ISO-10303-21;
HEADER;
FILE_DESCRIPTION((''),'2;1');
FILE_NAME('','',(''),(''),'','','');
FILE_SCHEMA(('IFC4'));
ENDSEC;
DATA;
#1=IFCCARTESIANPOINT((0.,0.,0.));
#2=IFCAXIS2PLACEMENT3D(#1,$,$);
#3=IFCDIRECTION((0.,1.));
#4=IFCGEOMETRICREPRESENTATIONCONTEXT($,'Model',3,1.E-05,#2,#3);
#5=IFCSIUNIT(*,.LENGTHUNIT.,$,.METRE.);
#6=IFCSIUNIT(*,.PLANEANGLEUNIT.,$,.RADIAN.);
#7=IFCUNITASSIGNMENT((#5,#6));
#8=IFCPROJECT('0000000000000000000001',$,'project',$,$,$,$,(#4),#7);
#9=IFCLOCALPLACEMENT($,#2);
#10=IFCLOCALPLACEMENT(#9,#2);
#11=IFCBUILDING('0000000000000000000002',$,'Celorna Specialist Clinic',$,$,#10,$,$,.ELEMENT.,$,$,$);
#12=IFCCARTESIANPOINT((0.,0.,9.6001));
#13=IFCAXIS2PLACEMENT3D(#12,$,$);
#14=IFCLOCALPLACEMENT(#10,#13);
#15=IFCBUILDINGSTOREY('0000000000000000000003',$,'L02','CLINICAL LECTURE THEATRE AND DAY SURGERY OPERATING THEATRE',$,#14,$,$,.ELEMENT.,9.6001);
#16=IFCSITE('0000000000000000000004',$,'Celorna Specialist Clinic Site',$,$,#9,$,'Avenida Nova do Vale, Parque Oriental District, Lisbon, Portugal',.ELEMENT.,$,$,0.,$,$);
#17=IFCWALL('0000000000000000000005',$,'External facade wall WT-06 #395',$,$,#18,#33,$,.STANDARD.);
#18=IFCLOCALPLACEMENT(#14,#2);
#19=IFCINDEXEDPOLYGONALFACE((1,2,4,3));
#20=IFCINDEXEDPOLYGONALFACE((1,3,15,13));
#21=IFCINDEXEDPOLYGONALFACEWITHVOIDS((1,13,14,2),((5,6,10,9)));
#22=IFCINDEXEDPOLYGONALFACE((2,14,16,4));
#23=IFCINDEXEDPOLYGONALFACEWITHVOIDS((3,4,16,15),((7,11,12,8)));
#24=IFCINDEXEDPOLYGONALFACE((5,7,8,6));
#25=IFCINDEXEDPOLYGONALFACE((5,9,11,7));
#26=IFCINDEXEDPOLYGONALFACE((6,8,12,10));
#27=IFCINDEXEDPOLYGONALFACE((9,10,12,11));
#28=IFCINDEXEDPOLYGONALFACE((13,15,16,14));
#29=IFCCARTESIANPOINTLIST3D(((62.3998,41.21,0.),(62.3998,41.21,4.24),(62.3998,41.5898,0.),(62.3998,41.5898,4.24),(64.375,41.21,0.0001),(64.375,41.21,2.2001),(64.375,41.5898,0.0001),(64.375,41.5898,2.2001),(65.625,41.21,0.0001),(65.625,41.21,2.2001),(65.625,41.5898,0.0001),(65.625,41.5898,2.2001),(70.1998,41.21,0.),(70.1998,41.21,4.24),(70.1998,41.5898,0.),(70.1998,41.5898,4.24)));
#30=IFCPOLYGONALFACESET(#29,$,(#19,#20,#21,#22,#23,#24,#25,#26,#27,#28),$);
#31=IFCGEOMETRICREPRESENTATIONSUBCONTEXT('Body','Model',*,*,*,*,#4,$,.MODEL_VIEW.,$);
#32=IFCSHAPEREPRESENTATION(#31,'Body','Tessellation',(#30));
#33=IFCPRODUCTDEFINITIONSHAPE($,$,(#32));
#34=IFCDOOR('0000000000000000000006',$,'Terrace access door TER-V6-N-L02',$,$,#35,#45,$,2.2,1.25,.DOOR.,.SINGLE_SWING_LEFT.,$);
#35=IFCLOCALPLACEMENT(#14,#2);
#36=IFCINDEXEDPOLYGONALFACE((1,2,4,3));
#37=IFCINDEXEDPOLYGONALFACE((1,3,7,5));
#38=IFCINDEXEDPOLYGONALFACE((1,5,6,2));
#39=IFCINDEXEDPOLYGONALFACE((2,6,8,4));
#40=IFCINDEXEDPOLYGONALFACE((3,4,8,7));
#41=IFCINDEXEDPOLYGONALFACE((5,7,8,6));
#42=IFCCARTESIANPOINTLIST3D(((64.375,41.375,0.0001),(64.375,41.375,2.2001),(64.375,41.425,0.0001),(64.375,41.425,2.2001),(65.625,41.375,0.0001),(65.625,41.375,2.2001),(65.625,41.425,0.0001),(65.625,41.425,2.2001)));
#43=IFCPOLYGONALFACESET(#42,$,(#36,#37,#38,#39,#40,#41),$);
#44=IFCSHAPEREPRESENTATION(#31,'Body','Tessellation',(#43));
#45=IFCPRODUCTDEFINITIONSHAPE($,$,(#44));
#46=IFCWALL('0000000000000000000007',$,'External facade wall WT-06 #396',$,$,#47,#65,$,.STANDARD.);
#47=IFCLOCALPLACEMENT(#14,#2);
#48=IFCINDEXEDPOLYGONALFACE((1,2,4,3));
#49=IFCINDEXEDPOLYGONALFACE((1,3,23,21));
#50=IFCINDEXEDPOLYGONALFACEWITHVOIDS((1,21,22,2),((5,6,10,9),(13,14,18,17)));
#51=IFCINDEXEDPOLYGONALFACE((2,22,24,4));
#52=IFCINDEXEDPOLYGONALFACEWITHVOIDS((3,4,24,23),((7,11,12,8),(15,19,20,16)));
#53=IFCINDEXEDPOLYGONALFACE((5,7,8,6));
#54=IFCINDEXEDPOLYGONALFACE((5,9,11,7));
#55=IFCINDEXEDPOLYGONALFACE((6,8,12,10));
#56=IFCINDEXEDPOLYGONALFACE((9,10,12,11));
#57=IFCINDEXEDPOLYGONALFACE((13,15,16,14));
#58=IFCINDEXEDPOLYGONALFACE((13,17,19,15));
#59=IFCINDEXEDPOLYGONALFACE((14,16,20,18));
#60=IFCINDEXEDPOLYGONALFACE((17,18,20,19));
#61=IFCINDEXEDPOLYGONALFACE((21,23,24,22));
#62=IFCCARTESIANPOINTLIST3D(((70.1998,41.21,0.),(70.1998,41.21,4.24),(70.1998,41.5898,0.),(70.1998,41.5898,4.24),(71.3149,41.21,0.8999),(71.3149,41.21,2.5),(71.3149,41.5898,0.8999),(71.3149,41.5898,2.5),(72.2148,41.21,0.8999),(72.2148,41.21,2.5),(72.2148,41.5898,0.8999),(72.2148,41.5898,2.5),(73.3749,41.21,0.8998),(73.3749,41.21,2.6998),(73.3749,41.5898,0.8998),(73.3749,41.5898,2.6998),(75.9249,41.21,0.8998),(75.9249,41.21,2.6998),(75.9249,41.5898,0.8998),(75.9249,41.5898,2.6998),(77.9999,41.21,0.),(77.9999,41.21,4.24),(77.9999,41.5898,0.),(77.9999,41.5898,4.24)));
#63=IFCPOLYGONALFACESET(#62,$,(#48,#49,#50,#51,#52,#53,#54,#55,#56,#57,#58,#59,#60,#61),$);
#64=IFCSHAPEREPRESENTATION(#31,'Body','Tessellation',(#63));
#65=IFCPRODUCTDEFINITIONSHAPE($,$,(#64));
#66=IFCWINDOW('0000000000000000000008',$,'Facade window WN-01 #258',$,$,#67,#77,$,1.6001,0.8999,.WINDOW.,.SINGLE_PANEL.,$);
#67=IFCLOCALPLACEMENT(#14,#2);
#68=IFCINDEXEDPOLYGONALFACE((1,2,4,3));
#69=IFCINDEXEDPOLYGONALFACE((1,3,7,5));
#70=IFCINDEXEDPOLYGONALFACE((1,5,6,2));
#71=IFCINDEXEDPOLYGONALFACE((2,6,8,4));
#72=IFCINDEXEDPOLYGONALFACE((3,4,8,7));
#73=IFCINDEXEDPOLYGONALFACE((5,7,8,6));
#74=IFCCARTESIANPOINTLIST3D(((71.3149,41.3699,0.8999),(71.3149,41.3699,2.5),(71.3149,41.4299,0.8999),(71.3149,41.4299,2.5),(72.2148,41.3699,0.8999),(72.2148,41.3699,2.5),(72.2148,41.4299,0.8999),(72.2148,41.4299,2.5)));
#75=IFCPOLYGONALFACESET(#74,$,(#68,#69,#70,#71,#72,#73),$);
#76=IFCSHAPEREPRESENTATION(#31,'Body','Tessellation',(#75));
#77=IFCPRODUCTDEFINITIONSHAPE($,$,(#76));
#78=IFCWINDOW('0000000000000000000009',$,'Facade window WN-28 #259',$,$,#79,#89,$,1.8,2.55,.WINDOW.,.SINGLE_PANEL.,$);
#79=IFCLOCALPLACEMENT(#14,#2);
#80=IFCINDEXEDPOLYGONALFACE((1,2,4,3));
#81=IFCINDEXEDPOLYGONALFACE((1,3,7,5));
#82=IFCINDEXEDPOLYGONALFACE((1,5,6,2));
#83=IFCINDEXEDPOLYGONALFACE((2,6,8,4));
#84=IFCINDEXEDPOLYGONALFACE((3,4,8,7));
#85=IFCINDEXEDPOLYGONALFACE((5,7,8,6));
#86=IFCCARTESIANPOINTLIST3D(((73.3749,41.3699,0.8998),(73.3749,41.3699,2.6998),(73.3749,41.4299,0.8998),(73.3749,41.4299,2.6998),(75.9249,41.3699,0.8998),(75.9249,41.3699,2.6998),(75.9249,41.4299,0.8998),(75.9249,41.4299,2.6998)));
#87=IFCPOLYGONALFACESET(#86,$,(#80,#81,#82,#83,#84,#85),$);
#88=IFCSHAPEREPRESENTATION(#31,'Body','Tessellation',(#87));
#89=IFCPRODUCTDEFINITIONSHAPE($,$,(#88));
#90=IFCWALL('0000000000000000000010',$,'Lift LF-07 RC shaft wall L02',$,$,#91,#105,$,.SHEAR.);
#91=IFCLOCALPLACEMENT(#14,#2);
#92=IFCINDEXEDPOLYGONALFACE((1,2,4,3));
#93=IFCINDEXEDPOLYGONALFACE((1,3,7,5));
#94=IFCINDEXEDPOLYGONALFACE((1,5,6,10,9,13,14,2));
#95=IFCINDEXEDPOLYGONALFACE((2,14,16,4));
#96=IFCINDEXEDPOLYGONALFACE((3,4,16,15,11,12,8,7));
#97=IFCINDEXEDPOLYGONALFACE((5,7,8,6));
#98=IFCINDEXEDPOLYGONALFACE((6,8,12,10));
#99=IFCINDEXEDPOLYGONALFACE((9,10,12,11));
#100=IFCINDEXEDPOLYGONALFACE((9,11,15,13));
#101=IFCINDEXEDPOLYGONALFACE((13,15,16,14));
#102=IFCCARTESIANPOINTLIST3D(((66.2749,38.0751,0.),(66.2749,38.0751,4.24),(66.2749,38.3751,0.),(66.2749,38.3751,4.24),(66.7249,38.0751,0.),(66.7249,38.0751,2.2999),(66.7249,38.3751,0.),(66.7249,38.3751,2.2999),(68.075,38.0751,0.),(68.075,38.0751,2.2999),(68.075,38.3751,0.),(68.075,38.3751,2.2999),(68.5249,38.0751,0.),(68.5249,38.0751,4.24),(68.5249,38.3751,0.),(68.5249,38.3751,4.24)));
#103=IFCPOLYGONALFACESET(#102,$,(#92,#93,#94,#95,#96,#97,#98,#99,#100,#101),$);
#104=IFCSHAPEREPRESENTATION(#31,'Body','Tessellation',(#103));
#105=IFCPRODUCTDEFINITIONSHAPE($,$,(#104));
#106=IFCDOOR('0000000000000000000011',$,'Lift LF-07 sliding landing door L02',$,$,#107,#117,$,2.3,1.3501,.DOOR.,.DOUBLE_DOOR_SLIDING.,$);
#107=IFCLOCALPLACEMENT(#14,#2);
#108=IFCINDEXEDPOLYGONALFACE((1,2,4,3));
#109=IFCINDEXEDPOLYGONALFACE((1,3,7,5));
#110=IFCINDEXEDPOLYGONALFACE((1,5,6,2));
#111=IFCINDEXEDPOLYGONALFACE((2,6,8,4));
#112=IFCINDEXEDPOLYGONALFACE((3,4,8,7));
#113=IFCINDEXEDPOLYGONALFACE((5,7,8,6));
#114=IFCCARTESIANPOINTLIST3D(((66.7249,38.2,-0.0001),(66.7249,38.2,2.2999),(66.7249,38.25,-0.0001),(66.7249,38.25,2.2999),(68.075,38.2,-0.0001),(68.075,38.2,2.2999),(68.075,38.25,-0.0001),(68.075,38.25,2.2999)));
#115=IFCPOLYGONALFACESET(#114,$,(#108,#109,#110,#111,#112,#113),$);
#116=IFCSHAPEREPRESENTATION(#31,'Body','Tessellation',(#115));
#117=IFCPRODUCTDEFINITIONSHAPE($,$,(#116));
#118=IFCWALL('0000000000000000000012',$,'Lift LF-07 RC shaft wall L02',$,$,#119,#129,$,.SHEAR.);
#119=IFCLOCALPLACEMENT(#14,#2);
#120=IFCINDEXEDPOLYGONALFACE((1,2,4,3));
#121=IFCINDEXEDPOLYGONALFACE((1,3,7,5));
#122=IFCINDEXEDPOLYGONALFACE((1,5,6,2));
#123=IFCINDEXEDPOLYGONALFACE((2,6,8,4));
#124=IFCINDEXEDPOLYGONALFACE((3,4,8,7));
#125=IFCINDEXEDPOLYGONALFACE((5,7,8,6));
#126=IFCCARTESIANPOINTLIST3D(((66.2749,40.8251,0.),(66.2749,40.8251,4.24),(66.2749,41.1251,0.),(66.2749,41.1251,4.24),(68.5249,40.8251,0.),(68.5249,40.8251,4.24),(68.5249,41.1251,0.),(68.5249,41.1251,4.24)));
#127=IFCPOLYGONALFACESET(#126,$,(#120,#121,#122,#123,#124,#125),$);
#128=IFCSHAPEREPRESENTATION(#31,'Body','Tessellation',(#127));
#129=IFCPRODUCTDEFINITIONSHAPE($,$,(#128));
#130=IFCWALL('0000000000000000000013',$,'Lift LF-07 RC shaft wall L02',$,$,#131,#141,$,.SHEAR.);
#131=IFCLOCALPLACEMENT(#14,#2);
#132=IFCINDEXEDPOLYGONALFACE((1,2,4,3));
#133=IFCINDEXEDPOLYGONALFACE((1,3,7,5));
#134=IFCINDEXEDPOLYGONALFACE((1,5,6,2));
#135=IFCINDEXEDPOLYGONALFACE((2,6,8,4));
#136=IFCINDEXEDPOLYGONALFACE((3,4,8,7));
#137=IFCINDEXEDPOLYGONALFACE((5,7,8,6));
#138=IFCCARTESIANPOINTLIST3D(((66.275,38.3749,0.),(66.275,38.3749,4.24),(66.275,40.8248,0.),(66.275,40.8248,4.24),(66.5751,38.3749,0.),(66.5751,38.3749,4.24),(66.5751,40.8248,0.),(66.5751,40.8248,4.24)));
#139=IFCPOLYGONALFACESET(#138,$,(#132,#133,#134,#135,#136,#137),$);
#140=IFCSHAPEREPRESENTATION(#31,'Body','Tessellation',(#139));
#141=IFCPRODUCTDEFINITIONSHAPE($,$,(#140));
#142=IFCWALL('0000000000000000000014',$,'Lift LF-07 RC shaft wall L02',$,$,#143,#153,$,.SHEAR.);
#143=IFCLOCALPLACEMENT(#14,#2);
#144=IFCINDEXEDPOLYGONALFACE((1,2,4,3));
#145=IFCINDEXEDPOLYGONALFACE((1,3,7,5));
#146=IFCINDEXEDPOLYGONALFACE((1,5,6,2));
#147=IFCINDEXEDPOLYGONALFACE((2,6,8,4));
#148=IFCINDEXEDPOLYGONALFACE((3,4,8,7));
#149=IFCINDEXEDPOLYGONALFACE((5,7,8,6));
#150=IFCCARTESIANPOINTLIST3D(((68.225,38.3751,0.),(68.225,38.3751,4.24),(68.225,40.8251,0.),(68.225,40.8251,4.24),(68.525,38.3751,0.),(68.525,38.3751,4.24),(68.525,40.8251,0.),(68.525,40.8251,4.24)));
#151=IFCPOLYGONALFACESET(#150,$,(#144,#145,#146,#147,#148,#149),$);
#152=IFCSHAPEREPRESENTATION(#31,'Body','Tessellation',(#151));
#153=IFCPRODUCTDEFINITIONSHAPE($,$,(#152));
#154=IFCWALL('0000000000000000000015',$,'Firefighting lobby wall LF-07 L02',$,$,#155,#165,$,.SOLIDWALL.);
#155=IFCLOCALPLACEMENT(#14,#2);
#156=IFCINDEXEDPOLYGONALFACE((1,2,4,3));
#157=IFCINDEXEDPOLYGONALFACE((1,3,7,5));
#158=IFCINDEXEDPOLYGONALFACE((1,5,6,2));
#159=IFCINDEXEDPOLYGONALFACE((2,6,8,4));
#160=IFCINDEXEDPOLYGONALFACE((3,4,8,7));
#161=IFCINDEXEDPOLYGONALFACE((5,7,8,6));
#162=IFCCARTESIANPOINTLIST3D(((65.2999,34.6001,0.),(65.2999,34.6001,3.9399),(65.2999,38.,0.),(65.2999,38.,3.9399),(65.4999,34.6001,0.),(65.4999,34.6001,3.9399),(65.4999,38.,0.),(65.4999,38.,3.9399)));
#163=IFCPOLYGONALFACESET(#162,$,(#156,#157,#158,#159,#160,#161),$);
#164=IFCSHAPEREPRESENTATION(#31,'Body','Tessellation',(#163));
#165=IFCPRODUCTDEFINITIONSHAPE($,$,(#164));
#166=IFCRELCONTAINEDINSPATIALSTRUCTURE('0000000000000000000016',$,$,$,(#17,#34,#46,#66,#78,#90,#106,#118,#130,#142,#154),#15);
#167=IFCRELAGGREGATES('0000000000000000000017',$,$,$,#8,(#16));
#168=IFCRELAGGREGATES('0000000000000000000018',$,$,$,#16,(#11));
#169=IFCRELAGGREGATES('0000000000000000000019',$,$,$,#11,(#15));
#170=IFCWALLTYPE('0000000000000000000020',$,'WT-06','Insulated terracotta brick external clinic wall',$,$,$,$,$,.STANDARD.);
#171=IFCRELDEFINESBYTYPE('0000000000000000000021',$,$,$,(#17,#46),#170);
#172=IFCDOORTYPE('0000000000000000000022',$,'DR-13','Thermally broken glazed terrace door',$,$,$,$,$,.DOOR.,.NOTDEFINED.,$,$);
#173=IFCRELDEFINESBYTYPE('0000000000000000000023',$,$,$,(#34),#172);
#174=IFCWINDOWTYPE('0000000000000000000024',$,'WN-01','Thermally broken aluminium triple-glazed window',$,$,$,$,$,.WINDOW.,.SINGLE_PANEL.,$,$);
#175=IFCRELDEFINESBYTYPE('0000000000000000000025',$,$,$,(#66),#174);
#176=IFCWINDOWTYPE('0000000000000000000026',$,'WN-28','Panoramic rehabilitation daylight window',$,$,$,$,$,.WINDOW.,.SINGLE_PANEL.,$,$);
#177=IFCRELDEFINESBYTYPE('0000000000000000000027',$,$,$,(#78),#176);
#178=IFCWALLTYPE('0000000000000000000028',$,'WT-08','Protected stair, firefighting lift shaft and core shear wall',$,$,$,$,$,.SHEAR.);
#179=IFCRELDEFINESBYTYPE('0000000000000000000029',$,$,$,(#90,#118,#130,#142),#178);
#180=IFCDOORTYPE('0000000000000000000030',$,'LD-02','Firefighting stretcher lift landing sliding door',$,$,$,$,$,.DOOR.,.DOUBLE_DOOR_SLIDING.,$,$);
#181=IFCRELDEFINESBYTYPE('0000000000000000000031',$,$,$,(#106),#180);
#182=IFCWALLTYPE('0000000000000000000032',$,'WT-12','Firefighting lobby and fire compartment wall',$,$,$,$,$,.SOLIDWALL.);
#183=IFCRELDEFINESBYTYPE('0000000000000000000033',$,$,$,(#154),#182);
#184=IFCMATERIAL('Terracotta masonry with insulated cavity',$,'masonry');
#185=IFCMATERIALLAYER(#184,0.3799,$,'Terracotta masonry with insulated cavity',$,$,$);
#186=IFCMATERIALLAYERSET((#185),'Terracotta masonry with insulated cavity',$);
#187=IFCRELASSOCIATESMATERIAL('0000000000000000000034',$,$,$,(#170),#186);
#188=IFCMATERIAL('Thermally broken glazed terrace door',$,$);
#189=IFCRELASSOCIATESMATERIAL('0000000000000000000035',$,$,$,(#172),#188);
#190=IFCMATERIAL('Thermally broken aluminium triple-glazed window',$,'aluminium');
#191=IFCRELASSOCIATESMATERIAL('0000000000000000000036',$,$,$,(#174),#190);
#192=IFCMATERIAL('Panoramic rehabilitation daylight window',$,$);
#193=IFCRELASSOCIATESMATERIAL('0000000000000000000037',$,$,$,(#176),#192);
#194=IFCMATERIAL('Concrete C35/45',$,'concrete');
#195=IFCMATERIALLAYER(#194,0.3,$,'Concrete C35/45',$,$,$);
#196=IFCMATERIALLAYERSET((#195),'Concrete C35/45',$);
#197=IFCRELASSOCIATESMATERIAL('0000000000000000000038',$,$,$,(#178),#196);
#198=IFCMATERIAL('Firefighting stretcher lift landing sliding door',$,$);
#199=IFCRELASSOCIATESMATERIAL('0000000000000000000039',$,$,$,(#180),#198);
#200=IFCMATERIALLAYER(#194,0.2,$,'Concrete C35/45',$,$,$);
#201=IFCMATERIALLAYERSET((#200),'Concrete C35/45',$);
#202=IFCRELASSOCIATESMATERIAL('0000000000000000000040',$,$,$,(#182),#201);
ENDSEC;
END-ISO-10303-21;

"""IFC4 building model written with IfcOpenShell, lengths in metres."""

from ifc_helpers import new_model, si_unit, direction, frame, frame_2d, origin, place, context, subcontext, project, spatial, rectangle, extrude, material, layer, layer_set, type_object, element, fill, save


model = new_model("IFC4")

# Units and contexts
model_context = context("Model", 3, precision=1e-05, world=origin(), true_north=direction((0.0, 1.0)))
body_context = subcontext(model_context, "Body", "Model", "MODEL_VIEW")
ifc_project = project(units=[si_unit("LENGTHUNIT", "METRE"), si_unit("PLANEANGLEUNIT", "RADIAN")], contexts=[model_context])

# Site, building, storey
site_placement = place(None, origin())
site = spatial("IfcSite", under=ifc_project, at=site_placement, Name="Celorna Specialist Clinic Site", LongName="Avenida Nova do Vale, Parque Oriental District, Lisbon, Portugal", CompositionType="ELEMENT", RefElevation=0.0)
building_placement = place(site_placement, origin())
building = spatial("IfcBuilding", under=site, at=building_placement, Name="Celorna Specialist Clinic", CompositionType="ELEMENT")
storey_placement = place(building_placement, frame((0.0, 0.0, 9.6001)))
storey = spatial("IfcBuildingStorey", under=building, at=storey_placement, Name="L02", Description="CLINICAL LECTURE THEATRE AND DAY SURGERY OPERATING THEATRE", CompositionType="ELEMENT", Elevation=9.6001)

# Shared definitions
ifc_material_1 = material(Name="Concrete C35/45", Category="concrete")

# Wall, opening, door
ifc_material_2 = material(Name="Terracotta masonry with insulated cavity", Category="masonry")
ifc_layer_1 = layer(ifc_material_2, 0.3799, Name="Terracotta masonry with insulated cavity")
ifc_layer_set_1 = layer_set([ifc_layer_1], Name="Terracotta masonry with insulated cavity")
wall_type_1 = type_object("IfcWallType", Name="WT-06", Description="Insulated terracotta brick external clinic wall", PredefinedType="STANDARD", material=ifc_layer_set_1)
wall_1_placement = place(storey_placement, frame((62.3999, 41.3999, 0.0), z_axis=(0.0, 0.0, 1.0), x_axis=(1.0, 0.0, 0.0)))
wall_1 = element("IfcWall", 1, at=wall_1_placement, inside=storey, type_object=wall_type_1, Name="External facade wall WT-06 #395", PredefinedType="STANDARD", context=body_context, shape_type="SweptSolid", body=[
    extrude(rectangle(XDim=7.8, YDim=0.3799, at=frame_2d((3.8999, 0.0))), origin(), (0.0, 0.0, 1.0), 4.24),
])
opening_1_placement = place(wall_1_placement, frame((1.9751, 0.0, 0.0)))
opening_1 = element("IfcOpeningElement", 2, at=opening_1_placement, cuts=wall_1, PredefinedType="OPENING", context=body_context, shape_type="SweptSolid", body=[
    extrude(rectangle(XDim=1.25, YDim=2.2, at=frame_2d((0.625, 1.1001))), frame((0.0, 0.2, 0.0), z_axis=(0.0, -1.0, 0.0), x_axis=(1.0, 0.0, 0.0)), (0.0, 0.0, 1.0), 0.3999),
])
ifc_material_3 = material(Name="Thermally broken glazed terrace door")
door_type_1 = type_object("IfcDoorType", Name="DR-13", Description="Thermally broken glazed terrace door", OperationType="NOTDEFINED", PredefinedType="DOOR", material=ifc_material_3)
door_1_placement = place(opening_1_placement, frame((1.25, 0.0, 0.0), z_axis=(0.0, 0.0, 1.0), x_axis=(-1.0, 0.0, 0.0)))
door_1 = element("IfcDoor", 3, at=door_1_placement, inside=storey, type_object=door_type_1, Name="Terrace access door TER-V6-N-L02", OperationType="SINGLE_SWING_LEFT", OverallHeight=2.2, OverallWidth=1.25, PredefinedType="DOOR", context=body_context, shape_type="SweptSolid", body=[
    extrude(rectangle(XDim=1.25, YDim=2.2, at=frame_2d((0.625, 1.1001))), frame((0.0, 0.0249, 0.0), z_axis=(0.0, -1.0, 0.0), x_axis=(1.0, 0.0, 0.0)), (0.0, 0.0, 1.0), 0.05),
])
fill(opening_1, door_1)

# Wall, openings, windows
wall_2_placement = place(storey_placement, frame((70.2, 41.3999, 0.0), z_axis=(0.0, 0.0, 1.0), x_axis=(1.0, 0.0, 0.0)))
wall_2 = element("IfcWall", 4, at=wall_2_placement, inside=storey, type_object=wall_type_1, Name="External facade wall WT-06 #396", PredefinedType="STANDARD", context=body_context, shape_type="SweptSolid", body=[
    extrude(rectangle(XDim=7.8, YDim=0.3799, at=frame_2d((3.8999, 0.0))), origin(), (0.0, 0.0, 1.0), 4.24),
])
opening_2_placement = place(wall_2_placement, frame((1.115, 0.0, 0.8999)))
opening_2 = element("IfcOpeningElement", 5, at=opening_2_placement, cuts=wall_2, PredefinedType="OPENING", context=body_context, shape_type="SweptSolid", body=[
    extrude(rectangle(XDim=0.8999, YDim=1.6001, at=frame_2d((0.45, 0.8))), frame((0.0, 0.2, 0.0), z_axis=(0.0, -1.0, 0.0), x_axis=(1.0, 0.0, 0.0)), (0.0, 0.0, 1.0), 0.3999),
])
opening_3_placement = place(wall_2_placement, frame((3.175, 0.0, 0.8999)))
opening_3 = element("IfcOpeningElement", 6, at=opening_3_placement, cuts=wall_2, PredefinedType="OPENING", context=body_context, shape_type="SweptSolid", body=[
    extrude(rectangle(XDim=2.55, YDim=1.8, at=frame_2d((1.2749, 0.8999))), frame((0.0, 0.2, 0.0), z_axis=(0.0, -1.0, 0.0), x_axis=(1.0, 0.0, 0.0)), (0.0, 0.0, 1.0), 0.3999),
])
ifc_material_4 = material(Name="Thermally broken aluminium triple-glazed window", Category="aluminium")
window_type_1 = type_object("IfcWindowType", Name="WN-01", Description="Thermally broken aluminium triple-glazed window", PartitioningType="SINGLE_PANEL", PredefinedType="WINDOW", material=ifc_material_4)
window_1_placement = place(opening_2_placement, origin())
window_1 = element("IfcWindow", 7, at=window_1_placement, inside=storey, type_object=window_type_1, Name="Facade window WN-01 #258", OverallHeight=1.6001, OverallWidth=0.8999, PartitioningType="SINGLE_PANEL", PredefinedType="WINDOW", context=body_context, shape_type="SweptSolid", body=[
    extrude(rectangle(XDim=0.8999, YDim=1.6001, at=frame_2d((0.45, 0.8))), frame((0.0, 0.03, 0.0), z_axis=(0.0, -1.0, 0.0), x_axis=(1.0, 0.0, 0.0)), (0.0, 0.0, 1.0), 0.0601),
])
fill(opening_2, window_1)
ifc_material_5 = material(Name="Panoramic rehabilitation daylight window")
window_type_2 = type_object("IfcWindowType", Name="WN-28", Description="Panoramic rehabilitation daylight window", PartitioningType="SINGLE_PANEL", PredefinedType="WINDOW", material=ifc_material_5)
window_2_placement = place(opening_3_placement, origin())
window_2 = element("IfcWindow", 8, at=window_2_placement, inside=storey, type_object=window_type_2, Name="Facade window WN-28 #259", OverallHeight=1.8, OverallWidth=2.55, PartitioningType="SINGLE_PANEL", PredefinedType="WINDOW", context=body_context, shape_type="SweptSolid", body=[
    extrude(rectangle(XDim=2.55, YDim=1.8, at=frame_2d((1.2749, 0.8999))), frame((0.0, 0.03, 0.0), z_axis=(0.0, -1.0, 0.0), x_axis=(1.0, 0.0, 0.0)), (0.0, 0.0, 1.0), 0.0601),
])
fill(opening_3, window_2)

# Wall, opening, door
ifc_layer_2 = layer(ifc_material_1, 0.3, Name="Concrete C35/45")
ifc_layer_set_2 = layer_set([ifc_layer_2], Name="Concrete C35/45")
wall_type_2 = type_object("IfcWallType", Name="WT-08", Description="Protected stair, firefighting lift shaft and core shear wall", PredefinedType="SHEAR", material=ifc_layer_set_2)
wall_3_placement = place(storey_placement, frame((66.2749, 38.2251, 0.0), z_axis=(0.0, 0.0, 1.0), x_axis=(1.0, 0.0, 0.0)))
wall_3 = element("IfcWall", 9, at=wall_3_placement, inside=storey, type_object=wall_type_2, Name="Lift LF-07 RC shaft wall L02", PredefinedType="SHEAR", context=body_context, shape_type="SweptSolid", body=[
    extrude(rectangle(XDim=2.25, YDim=0.3, at=frame_2d((1.125, 0.0))), origin(), (0.0, 0.0, 1.0), 4.24),
])
opening_4_placement = place(wall_3_placement, frame((0.45, 0.0, 0.0)))
opening_4 = element("IfcOpeningElement", 10, at=opening_4_placement, cuts=wall_3, PredefinedType="OPENING", context=body_context, shape_type="SweptSolid", body=[
    extrude(rectangle(XDim=1.3501, YDim=2.3, at=frame_2d((0.675, 1.1499))), frame((0.0, 0.1599, 0.0), z_axis=(0.0, -1.0, 0.0), x_axis=(1.0, 0.0, 0.0)), (0.0, 0.0, 1.0), 0.3201),
])
ifc_material_6 = material(Name="Firefighting stretcher lift landing sliding door")
door_type_2 = type_object("IfcDoorType", Name="LD-02", Description="Firefighting stretcher lift landing sliding door", OperationType="DOUBLE_DOOR_SLIDING", PredefinedType="DOOR", material=ifc_material_6)
door_2_placement = place(opening_4_placement, origin())
door_2 = element("IfcDoor", 11, at=door_2_placement, inside=storey, type_object=door_type_2, Name="Lift LF-07 sliding landing door L02", OperationType="DOUBLE_DOOR_SLIDING", OverallHeight=2.3, OverallWidth=1.3501, PredefinedType="DOOR", context=body_context, shape_type="SweptSolid", body=[
    extrude(rectangle(XDim=1.3501, YDim=2.3, at=frame_2d((0.675, 1.1499))), frame((0.0, 0.0249, 0.0), z_axis=(0.0, -1.0, 0.0), x_axis=(1.0, 0.0, 0.0)), (0.0, 0.0, 1.0), 0.05),
])
fill(opening_4, door_2)

# Walls
wall_4_placement = place(storey_placement, frame((68.5249, 40.9751, 0.0), z_axis=(0.0, 0.0, 1.0), x_axis=(-1.0, 0.0, 0.0)))
element("IfcWall", 12, at=wall_4_placement, inside=storey, type_object=wall_type_2, Name="Lift LF-07 RC shaft wall L02", PredefinedType="SHEAR", context=body_context, shape_type="SweptSolid", body=[
    extrude(rectangle(XDim=2.25, YDim=0.3, at=frame_2d((1.125, 0.0))), origin(), (0.0, 0.0, 1.0), 4.24),
])
for number, where, z_axis, x_axis, name in (
    (13, (66.425, 40.825, 0.0), (0.0, 0.0, 1.0), (0.0, -1.0, 0.0), "Lift LF-07 RC shaft wall L02"),
    (14, (68.375, 38.375, 0.0), (0.0, 0.0, 1.0), (0.0, 1.0, 0.0), "Lift LF-07 RC shaft wall L02"),
):
    element("IfcWall", number, at=place(storey_placement, frame(where, z_axis=z_axis, x_axis=x_axis)), inside=storey, type_object=wall_type_2, Name=name, PredefinedType="SHEAR", context=body_context, shape_type="SweptSolid", body=[
        extrude(rectangle(XDim=2.45, YDim=0.3, at=frame_2d((1.2251, 0.0))), origin(), (0.0, 0.0, 1.0), 4.24),
    ])
ifc_layer_3 = layer(ifc_material_1, 0.2, Name="Concrete C35/45")
ifc_layer_set_3 = layer_set([ifc_layer_3], Name="Concrete C35/45")
wall_type_3 = type_object("IfcWallType", Name="WT-12", Description="Firefighting lobby and fire compartment wall", PredefinedType="SOLIDWALL", material=ifc_layer_set_3)
wall_5_placement = place(storey_placement, frame((65.3999, 38.0, 0.0), z_axis=(0.0, 0.0, 1.0), x_axis=(0.0, -1.0, 0.0)))
element("IfcWall", 15, at=wall_5_placement, inside=storey, type_object=wall_type_3, Name="Firefighting lobby wall LF-07 L02", PredefinedType="SOLIDWALL", context=body_context, shape_type="SweptSolid", body=[
    extrude(rectangle(XDim=3.3999, YDim=0.2, at=frame_2d((1.7, 0.0))), origin(), (0.0, 0.0, 1.0), 3.9399),
])

save(model, "model.ifc")
